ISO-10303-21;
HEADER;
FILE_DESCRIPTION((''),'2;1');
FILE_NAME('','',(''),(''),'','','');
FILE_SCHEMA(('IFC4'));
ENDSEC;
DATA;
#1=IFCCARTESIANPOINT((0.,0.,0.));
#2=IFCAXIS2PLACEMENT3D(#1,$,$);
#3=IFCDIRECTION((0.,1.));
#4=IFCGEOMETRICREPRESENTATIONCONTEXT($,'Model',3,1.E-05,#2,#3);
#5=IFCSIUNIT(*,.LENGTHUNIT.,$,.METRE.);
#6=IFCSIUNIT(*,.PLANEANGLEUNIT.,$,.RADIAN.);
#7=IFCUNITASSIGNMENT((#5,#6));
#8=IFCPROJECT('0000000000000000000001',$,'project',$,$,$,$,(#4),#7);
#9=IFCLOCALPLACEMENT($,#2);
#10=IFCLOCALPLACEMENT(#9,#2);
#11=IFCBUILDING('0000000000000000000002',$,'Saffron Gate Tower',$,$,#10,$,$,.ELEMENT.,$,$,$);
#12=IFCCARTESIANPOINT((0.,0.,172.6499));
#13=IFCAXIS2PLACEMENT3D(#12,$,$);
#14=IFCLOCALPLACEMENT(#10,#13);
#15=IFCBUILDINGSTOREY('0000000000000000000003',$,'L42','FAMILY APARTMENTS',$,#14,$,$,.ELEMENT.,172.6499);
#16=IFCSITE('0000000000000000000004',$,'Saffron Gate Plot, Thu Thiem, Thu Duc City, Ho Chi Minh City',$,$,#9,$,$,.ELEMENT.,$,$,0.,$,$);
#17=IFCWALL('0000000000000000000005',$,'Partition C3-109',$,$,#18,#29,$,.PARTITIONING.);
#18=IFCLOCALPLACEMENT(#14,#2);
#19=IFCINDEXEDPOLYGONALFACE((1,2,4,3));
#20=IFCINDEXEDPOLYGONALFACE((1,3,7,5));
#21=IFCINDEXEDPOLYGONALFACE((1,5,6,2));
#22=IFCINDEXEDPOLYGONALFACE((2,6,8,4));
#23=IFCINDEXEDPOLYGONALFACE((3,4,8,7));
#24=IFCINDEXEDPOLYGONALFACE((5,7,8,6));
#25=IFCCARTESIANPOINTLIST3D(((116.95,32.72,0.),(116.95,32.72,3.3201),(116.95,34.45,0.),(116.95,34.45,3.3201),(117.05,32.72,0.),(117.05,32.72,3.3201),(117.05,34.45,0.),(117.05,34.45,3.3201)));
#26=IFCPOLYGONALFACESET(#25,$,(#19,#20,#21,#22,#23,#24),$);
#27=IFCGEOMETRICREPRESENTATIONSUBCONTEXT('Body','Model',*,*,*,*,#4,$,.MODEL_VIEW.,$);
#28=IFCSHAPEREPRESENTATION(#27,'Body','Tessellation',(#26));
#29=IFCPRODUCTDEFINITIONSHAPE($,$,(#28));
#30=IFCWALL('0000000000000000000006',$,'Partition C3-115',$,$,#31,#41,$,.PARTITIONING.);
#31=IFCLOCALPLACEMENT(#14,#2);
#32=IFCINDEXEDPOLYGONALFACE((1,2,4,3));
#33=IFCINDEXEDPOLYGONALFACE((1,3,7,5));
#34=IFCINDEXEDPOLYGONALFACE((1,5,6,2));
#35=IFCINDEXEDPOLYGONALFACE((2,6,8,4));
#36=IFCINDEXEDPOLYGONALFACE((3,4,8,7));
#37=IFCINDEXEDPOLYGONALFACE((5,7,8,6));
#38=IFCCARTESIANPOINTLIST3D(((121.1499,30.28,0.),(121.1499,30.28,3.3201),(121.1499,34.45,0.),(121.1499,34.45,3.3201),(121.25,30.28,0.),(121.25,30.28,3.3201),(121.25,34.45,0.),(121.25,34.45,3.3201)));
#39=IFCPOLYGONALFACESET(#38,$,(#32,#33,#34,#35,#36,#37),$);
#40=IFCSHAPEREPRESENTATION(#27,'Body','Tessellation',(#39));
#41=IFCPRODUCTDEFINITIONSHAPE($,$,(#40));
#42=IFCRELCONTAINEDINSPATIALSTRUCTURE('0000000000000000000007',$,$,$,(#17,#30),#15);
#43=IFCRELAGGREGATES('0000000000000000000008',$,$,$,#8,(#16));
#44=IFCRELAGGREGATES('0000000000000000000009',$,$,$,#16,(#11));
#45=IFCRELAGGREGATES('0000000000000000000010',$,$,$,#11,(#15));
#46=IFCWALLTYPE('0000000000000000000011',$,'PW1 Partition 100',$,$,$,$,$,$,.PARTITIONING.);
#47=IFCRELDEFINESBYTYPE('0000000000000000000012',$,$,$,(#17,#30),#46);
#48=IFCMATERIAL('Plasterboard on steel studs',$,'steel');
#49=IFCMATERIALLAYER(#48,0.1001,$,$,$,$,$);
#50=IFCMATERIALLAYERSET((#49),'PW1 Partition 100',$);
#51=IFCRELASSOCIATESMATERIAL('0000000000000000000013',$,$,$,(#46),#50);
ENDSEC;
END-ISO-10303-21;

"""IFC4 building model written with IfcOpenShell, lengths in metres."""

from ifc_helpers import new_model, si_unit, direction, frame, frame_2d, origin, place, context, subcontext, project, spatial, rectangle, extrude, material, layer, layer_set, type_object, element, save


model = new_model("IFC4")

# Units and contexts
model_context = context("Model", 3, precision=1e-05, world=origin(), true_north=direction((0.0, 1.0)))
body_context = subcontext(model_context, "Body", "Model", "MODEL_VIEW")
ifc_project = project(units=[si_unit("LENGTHUNIT", "METRE"), si_unit("PLANEANGLEUNIT", "RADIAN")], contexts=[model_context])

# Site, building, storey
site_placement = place(None, origin())
site = spatial("IfcSite", under=ifc_project, at=site_placement, Name="Saffron Gate Plot, Thu Thiem, Thu Duc City, Ho Chi Minh City", CompositionType="ELEMENT", RefElevation=0.0)
building_placement = place(site_placement, origin())
building = spatial("IfcBuilding", under=site, at=building_placement, Name="Saffron Gate Tower", CompositionType="ELEMENT")
storey_placement = place(building_placement, frame((0.0, 0.0, 172.6499)))
storey = spatial("IfcBuildingStorey", under=building, at=storey_placement, Name="L42", Description="FAMILY APARTMENTS", CompositionType="ELEMENT", Elevation=172.6499)

# Shared definitions
ifc_material_1 = material(Name="Plasterboard on steel studs", Category="steel")
ifc_layer = layer(ifc_material_1, 0.1001)
ifc_layer_set = layer_set([ifc_layer], Name="PW1 Partition 100")
wall_type = type_object("IfcWallType", Name="PW1 Partition 100", PredefinedType="PARTITIONING", material=ifc_layer_set)

# Walls
wall_1_placement = place(storey_placement, frame((117.0, 34.45, 0.0), z_axis=(0.0, 0.0, 1.0), x_axis=(0.0, -1.0, 0.0)))
element("IfcWall", 1, at=wall_1_placement, inside=storey, type_object=wall_type, Name="Partition C3-109", PredefinedType="PARTITIONING", context=body_context, shape_type="SweptSolid", body=[
    extrude(rectangle(XDim=1.73, YDim=0.1001, at=frame_2d((0.865, 0.0))), origin(), (0.0, 0.0, 1.0), 3.3201),
])
wall_2_placement = place(storey_placement, frame((121.2, 34.45, 0.0), z_axis=(0.0, 0.0, 1.0), x_axis=(0.0, -1.0, 0.0)))
element("IfcWall", 2, at=wall_2_placement, inside=storey, type_object=wall_type, Name="Partition C3-115", PredefinedType="PARTITIONING", context=body_context, shape_type="SweptSolid", body=[
    extrude(rectangle(XDim=4.1699, YDim=0.1001, at=frame_2d((2.085, 0.0))), origin(), (0.0, 0.0, 1.0), 3.3201),
])

save(model, "model.ifc")
